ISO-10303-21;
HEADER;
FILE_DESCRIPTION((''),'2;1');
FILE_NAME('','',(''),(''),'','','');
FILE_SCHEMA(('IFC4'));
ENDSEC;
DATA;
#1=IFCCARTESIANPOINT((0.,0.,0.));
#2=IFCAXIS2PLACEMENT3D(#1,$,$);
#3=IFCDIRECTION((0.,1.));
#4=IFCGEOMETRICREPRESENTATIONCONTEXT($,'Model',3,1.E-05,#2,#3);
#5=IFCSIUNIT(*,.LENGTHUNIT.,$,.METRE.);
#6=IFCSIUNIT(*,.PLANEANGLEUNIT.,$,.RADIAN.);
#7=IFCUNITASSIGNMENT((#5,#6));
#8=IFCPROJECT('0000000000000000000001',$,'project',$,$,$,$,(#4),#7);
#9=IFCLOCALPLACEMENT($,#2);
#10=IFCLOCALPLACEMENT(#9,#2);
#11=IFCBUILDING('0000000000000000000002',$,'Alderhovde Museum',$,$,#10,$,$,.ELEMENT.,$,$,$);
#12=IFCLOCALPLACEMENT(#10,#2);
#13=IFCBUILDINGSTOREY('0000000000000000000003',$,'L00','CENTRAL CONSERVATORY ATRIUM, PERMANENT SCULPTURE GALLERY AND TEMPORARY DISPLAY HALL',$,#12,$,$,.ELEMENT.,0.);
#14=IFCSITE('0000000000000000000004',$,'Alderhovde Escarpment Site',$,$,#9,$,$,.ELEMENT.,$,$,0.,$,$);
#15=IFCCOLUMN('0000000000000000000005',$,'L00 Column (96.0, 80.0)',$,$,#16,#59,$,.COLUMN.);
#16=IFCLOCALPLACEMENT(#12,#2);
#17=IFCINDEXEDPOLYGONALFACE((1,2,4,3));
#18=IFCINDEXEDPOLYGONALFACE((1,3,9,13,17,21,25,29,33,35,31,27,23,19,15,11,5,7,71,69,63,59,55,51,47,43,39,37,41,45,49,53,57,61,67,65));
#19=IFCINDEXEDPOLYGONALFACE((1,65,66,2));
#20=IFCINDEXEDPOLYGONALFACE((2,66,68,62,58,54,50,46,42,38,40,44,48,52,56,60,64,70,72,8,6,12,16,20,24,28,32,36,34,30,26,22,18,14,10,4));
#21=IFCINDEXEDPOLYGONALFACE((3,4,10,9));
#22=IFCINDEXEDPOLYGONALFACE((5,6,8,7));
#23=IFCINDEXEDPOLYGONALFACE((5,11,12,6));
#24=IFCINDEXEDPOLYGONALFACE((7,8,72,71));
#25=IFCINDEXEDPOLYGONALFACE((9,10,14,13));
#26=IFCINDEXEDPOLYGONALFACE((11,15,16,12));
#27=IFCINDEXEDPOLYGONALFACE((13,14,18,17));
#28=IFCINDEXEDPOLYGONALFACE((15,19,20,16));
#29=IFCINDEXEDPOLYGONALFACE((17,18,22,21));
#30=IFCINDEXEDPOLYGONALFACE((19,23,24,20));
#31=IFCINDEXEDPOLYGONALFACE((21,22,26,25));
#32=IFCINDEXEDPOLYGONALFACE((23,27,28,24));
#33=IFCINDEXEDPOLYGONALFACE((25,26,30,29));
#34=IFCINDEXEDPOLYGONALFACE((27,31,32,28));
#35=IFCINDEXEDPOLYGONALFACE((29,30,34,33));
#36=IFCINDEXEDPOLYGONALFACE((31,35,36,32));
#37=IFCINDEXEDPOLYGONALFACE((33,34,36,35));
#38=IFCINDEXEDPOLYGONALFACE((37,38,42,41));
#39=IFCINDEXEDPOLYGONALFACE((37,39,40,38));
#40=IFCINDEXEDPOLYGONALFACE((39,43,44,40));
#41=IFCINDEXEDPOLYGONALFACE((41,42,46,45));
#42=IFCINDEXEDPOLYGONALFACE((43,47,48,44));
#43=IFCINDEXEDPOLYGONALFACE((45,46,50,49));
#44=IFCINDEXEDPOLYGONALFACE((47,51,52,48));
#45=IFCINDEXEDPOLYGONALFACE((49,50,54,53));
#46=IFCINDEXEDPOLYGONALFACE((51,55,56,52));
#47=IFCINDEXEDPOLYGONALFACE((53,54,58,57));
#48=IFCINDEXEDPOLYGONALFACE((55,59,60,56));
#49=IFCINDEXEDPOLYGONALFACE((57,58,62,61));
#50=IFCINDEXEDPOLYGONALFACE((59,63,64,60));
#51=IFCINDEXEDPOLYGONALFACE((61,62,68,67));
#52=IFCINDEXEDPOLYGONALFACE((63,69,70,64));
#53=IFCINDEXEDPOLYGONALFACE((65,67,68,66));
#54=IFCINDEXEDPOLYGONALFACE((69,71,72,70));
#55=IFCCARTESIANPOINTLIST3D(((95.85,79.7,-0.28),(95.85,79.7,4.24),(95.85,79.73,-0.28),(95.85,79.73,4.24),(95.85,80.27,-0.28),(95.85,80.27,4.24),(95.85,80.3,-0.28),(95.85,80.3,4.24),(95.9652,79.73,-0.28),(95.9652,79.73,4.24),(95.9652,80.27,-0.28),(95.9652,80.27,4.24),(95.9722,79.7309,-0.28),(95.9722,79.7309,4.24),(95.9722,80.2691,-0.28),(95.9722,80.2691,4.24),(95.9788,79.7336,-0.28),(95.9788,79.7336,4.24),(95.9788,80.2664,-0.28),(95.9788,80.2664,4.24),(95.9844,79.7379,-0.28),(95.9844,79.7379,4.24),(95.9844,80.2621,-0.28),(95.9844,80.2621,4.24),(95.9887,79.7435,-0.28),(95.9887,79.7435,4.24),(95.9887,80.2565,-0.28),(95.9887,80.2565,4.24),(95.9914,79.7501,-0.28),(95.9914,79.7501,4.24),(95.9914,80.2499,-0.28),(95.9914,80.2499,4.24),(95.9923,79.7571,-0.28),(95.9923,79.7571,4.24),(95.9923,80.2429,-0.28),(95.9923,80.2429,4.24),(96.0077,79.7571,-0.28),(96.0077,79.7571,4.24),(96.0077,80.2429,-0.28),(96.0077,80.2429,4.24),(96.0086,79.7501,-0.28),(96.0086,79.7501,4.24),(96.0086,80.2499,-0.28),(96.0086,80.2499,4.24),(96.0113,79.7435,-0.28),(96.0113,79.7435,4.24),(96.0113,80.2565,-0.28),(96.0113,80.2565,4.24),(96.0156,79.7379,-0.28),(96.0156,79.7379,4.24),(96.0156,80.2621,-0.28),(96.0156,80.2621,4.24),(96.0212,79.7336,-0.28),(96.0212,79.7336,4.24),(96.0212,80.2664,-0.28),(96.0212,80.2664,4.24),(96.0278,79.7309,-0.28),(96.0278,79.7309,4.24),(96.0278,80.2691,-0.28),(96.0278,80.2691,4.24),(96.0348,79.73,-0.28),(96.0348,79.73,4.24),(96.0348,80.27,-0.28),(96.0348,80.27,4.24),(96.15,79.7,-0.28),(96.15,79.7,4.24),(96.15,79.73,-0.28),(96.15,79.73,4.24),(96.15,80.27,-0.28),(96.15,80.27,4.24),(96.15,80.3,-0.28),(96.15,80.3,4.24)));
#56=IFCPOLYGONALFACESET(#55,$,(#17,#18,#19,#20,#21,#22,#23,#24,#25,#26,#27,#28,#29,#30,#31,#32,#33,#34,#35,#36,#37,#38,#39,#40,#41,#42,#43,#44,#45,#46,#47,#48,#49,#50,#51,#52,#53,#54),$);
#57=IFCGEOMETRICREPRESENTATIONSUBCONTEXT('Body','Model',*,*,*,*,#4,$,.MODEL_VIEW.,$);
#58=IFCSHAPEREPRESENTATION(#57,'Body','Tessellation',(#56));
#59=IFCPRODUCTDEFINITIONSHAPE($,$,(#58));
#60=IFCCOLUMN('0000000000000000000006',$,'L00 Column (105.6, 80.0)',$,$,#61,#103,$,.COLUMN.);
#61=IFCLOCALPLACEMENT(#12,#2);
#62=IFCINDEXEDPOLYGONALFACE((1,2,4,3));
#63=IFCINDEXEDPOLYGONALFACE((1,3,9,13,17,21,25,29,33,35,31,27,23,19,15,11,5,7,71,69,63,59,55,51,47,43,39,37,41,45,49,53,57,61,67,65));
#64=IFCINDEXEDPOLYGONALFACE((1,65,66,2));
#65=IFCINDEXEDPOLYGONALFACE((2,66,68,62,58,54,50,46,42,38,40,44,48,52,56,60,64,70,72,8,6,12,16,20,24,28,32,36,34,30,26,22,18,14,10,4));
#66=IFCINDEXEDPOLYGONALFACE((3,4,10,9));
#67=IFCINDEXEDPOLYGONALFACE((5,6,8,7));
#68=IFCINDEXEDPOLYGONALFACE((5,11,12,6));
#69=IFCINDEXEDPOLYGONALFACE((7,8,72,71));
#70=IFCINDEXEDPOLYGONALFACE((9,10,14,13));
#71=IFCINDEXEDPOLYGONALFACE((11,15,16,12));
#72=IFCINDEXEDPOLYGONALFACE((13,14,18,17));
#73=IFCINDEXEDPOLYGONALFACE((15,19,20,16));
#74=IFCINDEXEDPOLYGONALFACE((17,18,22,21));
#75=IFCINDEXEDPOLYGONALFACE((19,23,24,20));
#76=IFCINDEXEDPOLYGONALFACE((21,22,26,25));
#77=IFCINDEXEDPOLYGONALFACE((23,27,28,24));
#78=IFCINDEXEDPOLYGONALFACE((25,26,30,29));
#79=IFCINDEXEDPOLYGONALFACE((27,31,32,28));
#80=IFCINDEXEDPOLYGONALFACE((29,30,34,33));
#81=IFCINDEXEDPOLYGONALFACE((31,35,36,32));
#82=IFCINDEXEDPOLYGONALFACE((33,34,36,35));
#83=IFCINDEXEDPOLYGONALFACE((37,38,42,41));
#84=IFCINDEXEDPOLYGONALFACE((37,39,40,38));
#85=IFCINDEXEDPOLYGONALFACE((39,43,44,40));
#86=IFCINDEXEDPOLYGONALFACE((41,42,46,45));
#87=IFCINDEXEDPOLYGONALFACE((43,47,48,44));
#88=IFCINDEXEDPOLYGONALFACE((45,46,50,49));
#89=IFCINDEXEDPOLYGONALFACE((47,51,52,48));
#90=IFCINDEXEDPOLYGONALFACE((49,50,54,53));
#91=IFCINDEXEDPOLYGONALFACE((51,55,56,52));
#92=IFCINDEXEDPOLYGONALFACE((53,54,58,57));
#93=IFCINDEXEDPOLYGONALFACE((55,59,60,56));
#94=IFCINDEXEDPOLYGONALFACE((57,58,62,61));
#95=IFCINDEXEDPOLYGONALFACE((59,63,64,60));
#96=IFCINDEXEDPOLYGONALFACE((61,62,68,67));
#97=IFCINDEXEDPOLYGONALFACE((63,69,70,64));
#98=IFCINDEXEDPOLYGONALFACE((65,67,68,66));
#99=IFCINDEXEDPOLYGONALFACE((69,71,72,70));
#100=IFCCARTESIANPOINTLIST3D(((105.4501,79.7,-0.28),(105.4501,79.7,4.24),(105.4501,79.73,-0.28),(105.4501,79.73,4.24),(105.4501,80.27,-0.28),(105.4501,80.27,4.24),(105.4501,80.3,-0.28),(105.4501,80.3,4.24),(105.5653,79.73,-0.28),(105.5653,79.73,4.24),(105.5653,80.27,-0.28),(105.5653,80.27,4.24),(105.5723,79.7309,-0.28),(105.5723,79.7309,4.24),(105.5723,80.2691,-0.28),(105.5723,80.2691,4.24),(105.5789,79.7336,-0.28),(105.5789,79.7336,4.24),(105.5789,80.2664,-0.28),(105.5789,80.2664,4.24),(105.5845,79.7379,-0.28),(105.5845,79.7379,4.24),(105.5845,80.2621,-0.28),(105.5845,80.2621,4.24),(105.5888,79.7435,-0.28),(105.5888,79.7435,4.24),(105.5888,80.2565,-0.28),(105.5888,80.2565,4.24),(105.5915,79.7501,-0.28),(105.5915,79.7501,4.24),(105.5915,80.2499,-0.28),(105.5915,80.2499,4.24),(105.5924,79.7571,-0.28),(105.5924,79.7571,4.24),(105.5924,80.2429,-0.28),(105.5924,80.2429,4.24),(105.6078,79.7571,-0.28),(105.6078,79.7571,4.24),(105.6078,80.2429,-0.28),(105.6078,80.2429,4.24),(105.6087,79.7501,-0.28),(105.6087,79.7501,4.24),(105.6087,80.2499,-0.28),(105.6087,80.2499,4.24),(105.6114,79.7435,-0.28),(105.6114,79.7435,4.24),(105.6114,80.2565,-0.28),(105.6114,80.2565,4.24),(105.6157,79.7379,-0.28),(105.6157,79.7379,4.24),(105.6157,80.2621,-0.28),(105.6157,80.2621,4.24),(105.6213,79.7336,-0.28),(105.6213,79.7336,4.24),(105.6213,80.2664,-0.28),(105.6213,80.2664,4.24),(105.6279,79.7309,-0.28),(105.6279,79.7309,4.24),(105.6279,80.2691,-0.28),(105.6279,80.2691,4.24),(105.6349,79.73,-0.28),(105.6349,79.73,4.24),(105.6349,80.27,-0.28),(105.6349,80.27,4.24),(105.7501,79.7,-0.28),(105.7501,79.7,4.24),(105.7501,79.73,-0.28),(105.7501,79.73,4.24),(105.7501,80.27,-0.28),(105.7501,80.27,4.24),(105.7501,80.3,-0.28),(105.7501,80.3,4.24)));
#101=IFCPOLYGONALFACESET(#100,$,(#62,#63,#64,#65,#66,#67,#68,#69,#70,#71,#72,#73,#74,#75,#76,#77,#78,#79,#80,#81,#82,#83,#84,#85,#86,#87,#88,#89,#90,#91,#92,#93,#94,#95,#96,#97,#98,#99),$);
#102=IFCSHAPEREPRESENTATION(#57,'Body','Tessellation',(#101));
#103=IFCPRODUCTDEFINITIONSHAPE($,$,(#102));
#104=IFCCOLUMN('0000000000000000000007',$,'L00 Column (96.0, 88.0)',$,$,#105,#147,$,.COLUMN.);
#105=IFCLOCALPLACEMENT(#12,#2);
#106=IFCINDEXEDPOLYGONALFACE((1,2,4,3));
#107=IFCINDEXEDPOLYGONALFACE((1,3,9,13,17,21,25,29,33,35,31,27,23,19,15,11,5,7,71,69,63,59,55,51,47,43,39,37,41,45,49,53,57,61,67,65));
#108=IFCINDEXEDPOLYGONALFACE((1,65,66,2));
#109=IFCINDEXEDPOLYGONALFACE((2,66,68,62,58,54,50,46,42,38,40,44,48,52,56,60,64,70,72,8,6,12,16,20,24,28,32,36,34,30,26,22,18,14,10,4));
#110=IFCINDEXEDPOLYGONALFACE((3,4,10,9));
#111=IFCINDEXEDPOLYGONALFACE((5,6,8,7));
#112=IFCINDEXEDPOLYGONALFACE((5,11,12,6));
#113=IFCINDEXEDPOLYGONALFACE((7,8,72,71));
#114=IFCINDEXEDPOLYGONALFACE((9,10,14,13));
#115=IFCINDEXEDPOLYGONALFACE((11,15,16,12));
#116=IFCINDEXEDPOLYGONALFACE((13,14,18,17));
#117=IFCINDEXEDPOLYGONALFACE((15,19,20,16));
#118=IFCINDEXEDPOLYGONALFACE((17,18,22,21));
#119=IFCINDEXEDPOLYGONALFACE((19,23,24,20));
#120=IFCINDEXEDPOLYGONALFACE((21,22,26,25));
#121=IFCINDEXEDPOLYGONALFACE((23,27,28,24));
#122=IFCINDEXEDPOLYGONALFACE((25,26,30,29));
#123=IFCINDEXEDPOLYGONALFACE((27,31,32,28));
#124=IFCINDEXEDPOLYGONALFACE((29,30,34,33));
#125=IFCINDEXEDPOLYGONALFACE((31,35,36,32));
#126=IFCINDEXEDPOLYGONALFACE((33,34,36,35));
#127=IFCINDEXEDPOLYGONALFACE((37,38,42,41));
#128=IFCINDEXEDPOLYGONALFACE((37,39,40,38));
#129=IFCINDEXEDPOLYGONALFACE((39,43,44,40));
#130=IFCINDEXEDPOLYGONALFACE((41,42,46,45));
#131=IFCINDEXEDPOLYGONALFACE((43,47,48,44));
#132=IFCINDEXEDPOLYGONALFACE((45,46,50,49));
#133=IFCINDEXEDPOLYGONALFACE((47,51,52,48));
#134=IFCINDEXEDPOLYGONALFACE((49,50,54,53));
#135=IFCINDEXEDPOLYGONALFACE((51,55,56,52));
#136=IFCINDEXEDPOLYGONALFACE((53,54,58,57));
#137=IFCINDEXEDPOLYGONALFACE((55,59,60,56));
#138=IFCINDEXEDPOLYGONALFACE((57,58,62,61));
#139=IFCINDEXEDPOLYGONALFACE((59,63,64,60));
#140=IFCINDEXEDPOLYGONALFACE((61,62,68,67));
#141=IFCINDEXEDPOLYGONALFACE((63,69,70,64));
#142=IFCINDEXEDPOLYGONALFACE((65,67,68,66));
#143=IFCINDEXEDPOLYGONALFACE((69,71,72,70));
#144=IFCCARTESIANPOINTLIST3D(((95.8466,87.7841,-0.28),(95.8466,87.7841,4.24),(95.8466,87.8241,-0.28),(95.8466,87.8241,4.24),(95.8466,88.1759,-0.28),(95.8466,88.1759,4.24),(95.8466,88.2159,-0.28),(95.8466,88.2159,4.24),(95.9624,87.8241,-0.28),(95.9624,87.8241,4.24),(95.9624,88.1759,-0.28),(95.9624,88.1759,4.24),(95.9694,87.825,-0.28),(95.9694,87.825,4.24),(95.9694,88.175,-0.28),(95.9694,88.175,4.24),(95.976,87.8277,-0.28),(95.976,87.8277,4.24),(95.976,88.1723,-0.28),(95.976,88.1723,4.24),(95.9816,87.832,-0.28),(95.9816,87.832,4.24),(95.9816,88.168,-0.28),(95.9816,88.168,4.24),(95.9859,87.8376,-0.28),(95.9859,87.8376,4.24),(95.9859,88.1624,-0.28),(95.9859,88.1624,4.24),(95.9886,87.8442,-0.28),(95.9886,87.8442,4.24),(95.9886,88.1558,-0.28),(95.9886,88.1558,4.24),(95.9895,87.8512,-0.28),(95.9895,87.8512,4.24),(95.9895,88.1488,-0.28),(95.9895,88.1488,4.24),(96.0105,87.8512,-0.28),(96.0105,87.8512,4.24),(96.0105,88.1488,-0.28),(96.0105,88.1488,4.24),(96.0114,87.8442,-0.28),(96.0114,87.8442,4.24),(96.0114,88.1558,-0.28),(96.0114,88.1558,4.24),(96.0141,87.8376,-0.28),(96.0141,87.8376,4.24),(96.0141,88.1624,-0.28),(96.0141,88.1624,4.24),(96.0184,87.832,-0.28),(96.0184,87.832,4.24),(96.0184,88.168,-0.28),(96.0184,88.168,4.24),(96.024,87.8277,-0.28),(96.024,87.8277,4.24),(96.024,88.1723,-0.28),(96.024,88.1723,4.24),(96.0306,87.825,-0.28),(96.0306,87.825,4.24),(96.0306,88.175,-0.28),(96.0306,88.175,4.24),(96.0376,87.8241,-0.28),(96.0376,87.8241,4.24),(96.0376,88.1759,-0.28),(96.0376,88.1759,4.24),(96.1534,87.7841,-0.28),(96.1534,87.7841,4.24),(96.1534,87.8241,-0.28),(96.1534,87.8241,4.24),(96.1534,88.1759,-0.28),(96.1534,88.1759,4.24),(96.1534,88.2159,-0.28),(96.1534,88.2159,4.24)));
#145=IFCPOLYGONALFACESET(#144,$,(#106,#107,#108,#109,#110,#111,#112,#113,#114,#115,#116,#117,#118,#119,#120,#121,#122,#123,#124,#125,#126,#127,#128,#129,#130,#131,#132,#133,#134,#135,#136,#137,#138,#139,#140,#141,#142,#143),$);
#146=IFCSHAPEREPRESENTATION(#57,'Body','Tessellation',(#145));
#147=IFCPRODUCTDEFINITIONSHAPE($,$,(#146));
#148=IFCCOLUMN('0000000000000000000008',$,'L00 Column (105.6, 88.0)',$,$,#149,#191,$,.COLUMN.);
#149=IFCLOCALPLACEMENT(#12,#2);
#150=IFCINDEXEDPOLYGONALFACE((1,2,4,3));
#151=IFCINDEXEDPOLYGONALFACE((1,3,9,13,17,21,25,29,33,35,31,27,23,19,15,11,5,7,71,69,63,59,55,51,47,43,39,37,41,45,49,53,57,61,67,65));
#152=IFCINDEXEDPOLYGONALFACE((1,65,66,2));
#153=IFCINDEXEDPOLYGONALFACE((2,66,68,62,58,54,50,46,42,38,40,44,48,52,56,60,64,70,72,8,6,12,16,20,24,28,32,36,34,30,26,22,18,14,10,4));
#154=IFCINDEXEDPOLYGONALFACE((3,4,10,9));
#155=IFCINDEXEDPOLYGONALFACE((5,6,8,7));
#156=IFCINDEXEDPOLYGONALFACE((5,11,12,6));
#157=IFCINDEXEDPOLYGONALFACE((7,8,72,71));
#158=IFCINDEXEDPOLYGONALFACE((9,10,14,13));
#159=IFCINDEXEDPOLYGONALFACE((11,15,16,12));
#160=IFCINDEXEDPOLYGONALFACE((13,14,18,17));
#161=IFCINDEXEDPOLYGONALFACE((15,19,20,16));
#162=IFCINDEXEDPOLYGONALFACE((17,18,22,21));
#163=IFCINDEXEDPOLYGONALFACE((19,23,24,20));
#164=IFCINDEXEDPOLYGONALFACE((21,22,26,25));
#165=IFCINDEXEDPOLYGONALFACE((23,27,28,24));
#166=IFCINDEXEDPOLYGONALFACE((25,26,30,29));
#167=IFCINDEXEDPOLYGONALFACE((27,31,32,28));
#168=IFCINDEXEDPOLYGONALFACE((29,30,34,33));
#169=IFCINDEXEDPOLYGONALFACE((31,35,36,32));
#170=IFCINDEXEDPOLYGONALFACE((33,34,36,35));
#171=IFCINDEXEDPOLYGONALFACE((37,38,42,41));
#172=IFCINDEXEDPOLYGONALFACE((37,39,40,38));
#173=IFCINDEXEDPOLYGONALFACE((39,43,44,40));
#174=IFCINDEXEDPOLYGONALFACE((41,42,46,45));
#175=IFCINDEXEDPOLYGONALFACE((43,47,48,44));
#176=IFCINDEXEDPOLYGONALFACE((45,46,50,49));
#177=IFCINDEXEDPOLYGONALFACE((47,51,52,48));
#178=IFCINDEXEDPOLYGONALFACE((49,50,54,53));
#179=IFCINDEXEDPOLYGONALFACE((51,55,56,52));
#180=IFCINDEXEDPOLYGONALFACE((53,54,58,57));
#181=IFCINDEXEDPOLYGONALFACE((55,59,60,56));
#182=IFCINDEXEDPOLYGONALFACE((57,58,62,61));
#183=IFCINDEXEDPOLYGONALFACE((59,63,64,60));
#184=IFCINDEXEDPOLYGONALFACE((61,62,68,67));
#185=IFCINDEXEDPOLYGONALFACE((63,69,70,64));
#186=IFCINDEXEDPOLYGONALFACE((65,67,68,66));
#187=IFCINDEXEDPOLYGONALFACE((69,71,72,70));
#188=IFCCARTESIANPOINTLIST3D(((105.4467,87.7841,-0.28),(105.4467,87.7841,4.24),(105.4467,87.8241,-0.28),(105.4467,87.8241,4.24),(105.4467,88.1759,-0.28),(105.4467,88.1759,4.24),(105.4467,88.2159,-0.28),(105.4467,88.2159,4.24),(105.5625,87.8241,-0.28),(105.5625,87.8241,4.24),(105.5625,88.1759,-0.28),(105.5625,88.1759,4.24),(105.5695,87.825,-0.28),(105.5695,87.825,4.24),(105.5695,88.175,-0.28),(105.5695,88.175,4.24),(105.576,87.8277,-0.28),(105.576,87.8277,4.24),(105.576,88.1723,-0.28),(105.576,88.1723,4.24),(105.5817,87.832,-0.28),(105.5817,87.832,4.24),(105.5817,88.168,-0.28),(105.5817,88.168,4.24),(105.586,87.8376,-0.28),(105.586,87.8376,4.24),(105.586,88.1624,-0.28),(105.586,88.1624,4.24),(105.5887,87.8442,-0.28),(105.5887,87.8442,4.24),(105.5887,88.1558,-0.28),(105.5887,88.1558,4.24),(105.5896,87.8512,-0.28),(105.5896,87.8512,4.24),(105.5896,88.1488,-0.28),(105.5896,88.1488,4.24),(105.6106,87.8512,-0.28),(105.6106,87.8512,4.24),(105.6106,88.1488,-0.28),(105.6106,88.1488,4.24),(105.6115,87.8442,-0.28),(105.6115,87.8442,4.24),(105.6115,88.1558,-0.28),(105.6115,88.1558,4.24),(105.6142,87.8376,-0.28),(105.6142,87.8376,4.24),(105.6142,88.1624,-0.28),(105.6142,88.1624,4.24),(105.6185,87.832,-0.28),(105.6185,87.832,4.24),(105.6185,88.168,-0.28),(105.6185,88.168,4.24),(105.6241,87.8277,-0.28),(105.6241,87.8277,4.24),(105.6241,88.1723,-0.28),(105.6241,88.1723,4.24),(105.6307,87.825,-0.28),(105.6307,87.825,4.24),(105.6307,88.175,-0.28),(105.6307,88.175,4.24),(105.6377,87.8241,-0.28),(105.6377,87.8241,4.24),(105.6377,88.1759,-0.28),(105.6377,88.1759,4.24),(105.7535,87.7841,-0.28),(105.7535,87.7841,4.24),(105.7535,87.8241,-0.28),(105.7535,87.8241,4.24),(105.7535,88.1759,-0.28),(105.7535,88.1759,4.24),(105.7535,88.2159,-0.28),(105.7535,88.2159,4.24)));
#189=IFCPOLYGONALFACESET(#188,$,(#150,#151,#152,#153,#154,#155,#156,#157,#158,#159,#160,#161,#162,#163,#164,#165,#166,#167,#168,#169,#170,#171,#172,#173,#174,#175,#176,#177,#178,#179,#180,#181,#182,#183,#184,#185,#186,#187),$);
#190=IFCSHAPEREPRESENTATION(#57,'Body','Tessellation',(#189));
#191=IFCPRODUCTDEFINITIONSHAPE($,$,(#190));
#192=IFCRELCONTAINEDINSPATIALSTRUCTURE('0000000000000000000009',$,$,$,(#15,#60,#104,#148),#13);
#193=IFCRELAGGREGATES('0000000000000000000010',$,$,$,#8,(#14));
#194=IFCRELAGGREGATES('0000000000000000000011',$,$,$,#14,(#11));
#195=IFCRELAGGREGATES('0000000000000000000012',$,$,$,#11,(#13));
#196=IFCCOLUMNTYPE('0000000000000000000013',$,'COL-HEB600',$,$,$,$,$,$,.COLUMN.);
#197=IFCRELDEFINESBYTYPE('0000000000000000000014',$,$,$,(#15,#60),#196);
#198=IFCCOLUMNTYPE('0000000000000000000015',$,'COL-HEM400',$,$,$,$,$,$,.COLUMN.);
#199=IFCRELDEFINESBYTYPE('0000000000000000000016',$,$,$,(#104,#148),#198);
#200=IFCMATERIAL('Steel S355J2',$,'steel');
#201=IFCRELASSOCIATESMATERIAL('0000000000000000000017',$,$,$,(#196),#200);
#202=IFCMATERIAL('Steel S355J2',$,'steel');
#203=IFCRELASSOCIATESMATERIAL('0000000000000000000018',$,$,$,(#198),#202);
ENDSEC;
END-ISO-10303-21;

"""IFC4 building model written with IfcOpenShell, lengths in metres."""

from ifc_helpers import new_model, si_unit, direction, frame, origin, origin_2d, place, context, subcontext, project, spatial, i_section, extrude, material, material_profile, profile_set, type_object, element, save


model = new_model("IFC4")

# Units and contexts
model_context = context("Model", 3, precision=1e-05, world=origin(), true_north=direction((0.0, 1.0)))
body_context = subcontext(model_context, "Body", "Model", "MODEL_VIEW")
ifc_project = project(units=[si_unit("LENGTHUNIT", "METRE"), si_unit("PLANEANGLEUNIT", "RADIAN")], contexts=[model_context])

# Site, building, storey
site_placement = place(None, origin())
site = spatial("IfcSite", under=ifc_project, at=site_placement, Name="Alderhovde Escarpment Site", CompositionType="ELEMENT", RefElevation=0.0)
building_placement = place(site_placement, origin())
building = spatial("IfcBuilding", under=site, at=building_placement, Name="Alderhovde Museum", CompositionType="ELEMENT")
storey_placement = place(building_placement, origin())
storey = spatial("IfcBuildingStorey", under=building, at=storey_placement, Name="L00", Description="CENTRAL CONSERVATORY ATRIUM, PERMANENT SCULPTURE GALLERY AND TEMPORARY DISPLAY HALL", CompositionType="ELEMENT", Elevation=0.0)

# Columns
ifc_material_1 = material(Name="Steel S355J2", Category="steel")
ifc_material_profile_1 = material_profile(ifc_material_1, i_section(OverallWidth=0.3, OverallDepth=0.6001, WebThickness=0.0154, FlangeThickness=0.03, FilletRadius=0.0271, at=origin_2d()), Name="HEB 600")
ifc_profile_set_1 = profile_set([ifc_material_profile_1], Name="Steel S355J2")
column_type_1 = type_object("IfcColumnType", Name="COL-HEB600", PredefinedType="COLUMN", material=ifc_profile_set_1)
for number, where, z_axis, x_axis, name in (
    (1, (96.0, 80.0, -0.28), (0.0, 0.0, 1.0), (1.0, 0.0, 0.0), "L00 Column (96.0, 80.0)"),
    (2, (105.6001, 80.0, -0.28), (0.0, 0.0, 1.0), (1.0, 0.0, 0.0), "L00 Column (105.6, 80.0)"),
):
    element("IfcColumn", number, at=place(storey_placement, frame(where, z_axis=z_axis, x_axis=x_axis)), inside=storey, type_object=column_type_1, Name=name, PredefinedType="COLUMN", context=body_context, shape_type="SweptSolid", body=[
        extrude(i_section(OverallWidth=0.3, OverallDepth=0.6001, WebThickness=0.0154, FlangeThickness=0.03, FilletRadius=0.0271, at=origin_2d()), origin(), (0.0, 0.0, 1.0), 4.52),
    ])
ifc_material_2 = material(Name="Steel S355J2", Category="steel")
ifc_material_profile_2 = material_profile(ifc_material_2, i_section(OverallWidth=0.3069, OverallDepth=0.4319, WebThickness=0.021, FlangeThickness=0.04, FilletRadius=0.0271, at=origin_2d()), Name="HEM 400")
ifc_profile_set_2 = profile_set([ifc_material_profile_2], Name="Steel S355J2")
column_type_2 = type_object("IfcColumnType", Name="COL-HEM400", PredefinedType="COLUMN", material=ifc_profile_set_2)
for number, where, z_axis, x_axis, name in (
    (3, (96.0, 88.0, -0.28), (0.0, 0.0, 1.0), (1.0, 0.0, 0.0), "L00 Column (96.0, 88.0)"),
    (4, (105.6001, 88.0, -0.28), (0.0, 0.0, 1.0), (1.0, 0.0, 0.0), "L00 Column (105.6, 88.0)"),
):
    element("IfcColumn", number, at=place(storey_placement, frame(where, z_axis=z_axis, x_axis=x_axis)), inside=storey, type_object=column_type_2, Name=name, PredefinedType="COLUMN", context=body_context, shape_type="SweptSolid", body=[
        extrude(i_section(OverallWidth=0.3069, OverallDepth=0.4319, WebThickness=0.021, FlangeThickness=0.04, FilletRadius=0.0271, at=origin_2d()), origin(), (0.0, 0.0, 1.0), 4.52),
    ])

save(model, "model.ifc")
